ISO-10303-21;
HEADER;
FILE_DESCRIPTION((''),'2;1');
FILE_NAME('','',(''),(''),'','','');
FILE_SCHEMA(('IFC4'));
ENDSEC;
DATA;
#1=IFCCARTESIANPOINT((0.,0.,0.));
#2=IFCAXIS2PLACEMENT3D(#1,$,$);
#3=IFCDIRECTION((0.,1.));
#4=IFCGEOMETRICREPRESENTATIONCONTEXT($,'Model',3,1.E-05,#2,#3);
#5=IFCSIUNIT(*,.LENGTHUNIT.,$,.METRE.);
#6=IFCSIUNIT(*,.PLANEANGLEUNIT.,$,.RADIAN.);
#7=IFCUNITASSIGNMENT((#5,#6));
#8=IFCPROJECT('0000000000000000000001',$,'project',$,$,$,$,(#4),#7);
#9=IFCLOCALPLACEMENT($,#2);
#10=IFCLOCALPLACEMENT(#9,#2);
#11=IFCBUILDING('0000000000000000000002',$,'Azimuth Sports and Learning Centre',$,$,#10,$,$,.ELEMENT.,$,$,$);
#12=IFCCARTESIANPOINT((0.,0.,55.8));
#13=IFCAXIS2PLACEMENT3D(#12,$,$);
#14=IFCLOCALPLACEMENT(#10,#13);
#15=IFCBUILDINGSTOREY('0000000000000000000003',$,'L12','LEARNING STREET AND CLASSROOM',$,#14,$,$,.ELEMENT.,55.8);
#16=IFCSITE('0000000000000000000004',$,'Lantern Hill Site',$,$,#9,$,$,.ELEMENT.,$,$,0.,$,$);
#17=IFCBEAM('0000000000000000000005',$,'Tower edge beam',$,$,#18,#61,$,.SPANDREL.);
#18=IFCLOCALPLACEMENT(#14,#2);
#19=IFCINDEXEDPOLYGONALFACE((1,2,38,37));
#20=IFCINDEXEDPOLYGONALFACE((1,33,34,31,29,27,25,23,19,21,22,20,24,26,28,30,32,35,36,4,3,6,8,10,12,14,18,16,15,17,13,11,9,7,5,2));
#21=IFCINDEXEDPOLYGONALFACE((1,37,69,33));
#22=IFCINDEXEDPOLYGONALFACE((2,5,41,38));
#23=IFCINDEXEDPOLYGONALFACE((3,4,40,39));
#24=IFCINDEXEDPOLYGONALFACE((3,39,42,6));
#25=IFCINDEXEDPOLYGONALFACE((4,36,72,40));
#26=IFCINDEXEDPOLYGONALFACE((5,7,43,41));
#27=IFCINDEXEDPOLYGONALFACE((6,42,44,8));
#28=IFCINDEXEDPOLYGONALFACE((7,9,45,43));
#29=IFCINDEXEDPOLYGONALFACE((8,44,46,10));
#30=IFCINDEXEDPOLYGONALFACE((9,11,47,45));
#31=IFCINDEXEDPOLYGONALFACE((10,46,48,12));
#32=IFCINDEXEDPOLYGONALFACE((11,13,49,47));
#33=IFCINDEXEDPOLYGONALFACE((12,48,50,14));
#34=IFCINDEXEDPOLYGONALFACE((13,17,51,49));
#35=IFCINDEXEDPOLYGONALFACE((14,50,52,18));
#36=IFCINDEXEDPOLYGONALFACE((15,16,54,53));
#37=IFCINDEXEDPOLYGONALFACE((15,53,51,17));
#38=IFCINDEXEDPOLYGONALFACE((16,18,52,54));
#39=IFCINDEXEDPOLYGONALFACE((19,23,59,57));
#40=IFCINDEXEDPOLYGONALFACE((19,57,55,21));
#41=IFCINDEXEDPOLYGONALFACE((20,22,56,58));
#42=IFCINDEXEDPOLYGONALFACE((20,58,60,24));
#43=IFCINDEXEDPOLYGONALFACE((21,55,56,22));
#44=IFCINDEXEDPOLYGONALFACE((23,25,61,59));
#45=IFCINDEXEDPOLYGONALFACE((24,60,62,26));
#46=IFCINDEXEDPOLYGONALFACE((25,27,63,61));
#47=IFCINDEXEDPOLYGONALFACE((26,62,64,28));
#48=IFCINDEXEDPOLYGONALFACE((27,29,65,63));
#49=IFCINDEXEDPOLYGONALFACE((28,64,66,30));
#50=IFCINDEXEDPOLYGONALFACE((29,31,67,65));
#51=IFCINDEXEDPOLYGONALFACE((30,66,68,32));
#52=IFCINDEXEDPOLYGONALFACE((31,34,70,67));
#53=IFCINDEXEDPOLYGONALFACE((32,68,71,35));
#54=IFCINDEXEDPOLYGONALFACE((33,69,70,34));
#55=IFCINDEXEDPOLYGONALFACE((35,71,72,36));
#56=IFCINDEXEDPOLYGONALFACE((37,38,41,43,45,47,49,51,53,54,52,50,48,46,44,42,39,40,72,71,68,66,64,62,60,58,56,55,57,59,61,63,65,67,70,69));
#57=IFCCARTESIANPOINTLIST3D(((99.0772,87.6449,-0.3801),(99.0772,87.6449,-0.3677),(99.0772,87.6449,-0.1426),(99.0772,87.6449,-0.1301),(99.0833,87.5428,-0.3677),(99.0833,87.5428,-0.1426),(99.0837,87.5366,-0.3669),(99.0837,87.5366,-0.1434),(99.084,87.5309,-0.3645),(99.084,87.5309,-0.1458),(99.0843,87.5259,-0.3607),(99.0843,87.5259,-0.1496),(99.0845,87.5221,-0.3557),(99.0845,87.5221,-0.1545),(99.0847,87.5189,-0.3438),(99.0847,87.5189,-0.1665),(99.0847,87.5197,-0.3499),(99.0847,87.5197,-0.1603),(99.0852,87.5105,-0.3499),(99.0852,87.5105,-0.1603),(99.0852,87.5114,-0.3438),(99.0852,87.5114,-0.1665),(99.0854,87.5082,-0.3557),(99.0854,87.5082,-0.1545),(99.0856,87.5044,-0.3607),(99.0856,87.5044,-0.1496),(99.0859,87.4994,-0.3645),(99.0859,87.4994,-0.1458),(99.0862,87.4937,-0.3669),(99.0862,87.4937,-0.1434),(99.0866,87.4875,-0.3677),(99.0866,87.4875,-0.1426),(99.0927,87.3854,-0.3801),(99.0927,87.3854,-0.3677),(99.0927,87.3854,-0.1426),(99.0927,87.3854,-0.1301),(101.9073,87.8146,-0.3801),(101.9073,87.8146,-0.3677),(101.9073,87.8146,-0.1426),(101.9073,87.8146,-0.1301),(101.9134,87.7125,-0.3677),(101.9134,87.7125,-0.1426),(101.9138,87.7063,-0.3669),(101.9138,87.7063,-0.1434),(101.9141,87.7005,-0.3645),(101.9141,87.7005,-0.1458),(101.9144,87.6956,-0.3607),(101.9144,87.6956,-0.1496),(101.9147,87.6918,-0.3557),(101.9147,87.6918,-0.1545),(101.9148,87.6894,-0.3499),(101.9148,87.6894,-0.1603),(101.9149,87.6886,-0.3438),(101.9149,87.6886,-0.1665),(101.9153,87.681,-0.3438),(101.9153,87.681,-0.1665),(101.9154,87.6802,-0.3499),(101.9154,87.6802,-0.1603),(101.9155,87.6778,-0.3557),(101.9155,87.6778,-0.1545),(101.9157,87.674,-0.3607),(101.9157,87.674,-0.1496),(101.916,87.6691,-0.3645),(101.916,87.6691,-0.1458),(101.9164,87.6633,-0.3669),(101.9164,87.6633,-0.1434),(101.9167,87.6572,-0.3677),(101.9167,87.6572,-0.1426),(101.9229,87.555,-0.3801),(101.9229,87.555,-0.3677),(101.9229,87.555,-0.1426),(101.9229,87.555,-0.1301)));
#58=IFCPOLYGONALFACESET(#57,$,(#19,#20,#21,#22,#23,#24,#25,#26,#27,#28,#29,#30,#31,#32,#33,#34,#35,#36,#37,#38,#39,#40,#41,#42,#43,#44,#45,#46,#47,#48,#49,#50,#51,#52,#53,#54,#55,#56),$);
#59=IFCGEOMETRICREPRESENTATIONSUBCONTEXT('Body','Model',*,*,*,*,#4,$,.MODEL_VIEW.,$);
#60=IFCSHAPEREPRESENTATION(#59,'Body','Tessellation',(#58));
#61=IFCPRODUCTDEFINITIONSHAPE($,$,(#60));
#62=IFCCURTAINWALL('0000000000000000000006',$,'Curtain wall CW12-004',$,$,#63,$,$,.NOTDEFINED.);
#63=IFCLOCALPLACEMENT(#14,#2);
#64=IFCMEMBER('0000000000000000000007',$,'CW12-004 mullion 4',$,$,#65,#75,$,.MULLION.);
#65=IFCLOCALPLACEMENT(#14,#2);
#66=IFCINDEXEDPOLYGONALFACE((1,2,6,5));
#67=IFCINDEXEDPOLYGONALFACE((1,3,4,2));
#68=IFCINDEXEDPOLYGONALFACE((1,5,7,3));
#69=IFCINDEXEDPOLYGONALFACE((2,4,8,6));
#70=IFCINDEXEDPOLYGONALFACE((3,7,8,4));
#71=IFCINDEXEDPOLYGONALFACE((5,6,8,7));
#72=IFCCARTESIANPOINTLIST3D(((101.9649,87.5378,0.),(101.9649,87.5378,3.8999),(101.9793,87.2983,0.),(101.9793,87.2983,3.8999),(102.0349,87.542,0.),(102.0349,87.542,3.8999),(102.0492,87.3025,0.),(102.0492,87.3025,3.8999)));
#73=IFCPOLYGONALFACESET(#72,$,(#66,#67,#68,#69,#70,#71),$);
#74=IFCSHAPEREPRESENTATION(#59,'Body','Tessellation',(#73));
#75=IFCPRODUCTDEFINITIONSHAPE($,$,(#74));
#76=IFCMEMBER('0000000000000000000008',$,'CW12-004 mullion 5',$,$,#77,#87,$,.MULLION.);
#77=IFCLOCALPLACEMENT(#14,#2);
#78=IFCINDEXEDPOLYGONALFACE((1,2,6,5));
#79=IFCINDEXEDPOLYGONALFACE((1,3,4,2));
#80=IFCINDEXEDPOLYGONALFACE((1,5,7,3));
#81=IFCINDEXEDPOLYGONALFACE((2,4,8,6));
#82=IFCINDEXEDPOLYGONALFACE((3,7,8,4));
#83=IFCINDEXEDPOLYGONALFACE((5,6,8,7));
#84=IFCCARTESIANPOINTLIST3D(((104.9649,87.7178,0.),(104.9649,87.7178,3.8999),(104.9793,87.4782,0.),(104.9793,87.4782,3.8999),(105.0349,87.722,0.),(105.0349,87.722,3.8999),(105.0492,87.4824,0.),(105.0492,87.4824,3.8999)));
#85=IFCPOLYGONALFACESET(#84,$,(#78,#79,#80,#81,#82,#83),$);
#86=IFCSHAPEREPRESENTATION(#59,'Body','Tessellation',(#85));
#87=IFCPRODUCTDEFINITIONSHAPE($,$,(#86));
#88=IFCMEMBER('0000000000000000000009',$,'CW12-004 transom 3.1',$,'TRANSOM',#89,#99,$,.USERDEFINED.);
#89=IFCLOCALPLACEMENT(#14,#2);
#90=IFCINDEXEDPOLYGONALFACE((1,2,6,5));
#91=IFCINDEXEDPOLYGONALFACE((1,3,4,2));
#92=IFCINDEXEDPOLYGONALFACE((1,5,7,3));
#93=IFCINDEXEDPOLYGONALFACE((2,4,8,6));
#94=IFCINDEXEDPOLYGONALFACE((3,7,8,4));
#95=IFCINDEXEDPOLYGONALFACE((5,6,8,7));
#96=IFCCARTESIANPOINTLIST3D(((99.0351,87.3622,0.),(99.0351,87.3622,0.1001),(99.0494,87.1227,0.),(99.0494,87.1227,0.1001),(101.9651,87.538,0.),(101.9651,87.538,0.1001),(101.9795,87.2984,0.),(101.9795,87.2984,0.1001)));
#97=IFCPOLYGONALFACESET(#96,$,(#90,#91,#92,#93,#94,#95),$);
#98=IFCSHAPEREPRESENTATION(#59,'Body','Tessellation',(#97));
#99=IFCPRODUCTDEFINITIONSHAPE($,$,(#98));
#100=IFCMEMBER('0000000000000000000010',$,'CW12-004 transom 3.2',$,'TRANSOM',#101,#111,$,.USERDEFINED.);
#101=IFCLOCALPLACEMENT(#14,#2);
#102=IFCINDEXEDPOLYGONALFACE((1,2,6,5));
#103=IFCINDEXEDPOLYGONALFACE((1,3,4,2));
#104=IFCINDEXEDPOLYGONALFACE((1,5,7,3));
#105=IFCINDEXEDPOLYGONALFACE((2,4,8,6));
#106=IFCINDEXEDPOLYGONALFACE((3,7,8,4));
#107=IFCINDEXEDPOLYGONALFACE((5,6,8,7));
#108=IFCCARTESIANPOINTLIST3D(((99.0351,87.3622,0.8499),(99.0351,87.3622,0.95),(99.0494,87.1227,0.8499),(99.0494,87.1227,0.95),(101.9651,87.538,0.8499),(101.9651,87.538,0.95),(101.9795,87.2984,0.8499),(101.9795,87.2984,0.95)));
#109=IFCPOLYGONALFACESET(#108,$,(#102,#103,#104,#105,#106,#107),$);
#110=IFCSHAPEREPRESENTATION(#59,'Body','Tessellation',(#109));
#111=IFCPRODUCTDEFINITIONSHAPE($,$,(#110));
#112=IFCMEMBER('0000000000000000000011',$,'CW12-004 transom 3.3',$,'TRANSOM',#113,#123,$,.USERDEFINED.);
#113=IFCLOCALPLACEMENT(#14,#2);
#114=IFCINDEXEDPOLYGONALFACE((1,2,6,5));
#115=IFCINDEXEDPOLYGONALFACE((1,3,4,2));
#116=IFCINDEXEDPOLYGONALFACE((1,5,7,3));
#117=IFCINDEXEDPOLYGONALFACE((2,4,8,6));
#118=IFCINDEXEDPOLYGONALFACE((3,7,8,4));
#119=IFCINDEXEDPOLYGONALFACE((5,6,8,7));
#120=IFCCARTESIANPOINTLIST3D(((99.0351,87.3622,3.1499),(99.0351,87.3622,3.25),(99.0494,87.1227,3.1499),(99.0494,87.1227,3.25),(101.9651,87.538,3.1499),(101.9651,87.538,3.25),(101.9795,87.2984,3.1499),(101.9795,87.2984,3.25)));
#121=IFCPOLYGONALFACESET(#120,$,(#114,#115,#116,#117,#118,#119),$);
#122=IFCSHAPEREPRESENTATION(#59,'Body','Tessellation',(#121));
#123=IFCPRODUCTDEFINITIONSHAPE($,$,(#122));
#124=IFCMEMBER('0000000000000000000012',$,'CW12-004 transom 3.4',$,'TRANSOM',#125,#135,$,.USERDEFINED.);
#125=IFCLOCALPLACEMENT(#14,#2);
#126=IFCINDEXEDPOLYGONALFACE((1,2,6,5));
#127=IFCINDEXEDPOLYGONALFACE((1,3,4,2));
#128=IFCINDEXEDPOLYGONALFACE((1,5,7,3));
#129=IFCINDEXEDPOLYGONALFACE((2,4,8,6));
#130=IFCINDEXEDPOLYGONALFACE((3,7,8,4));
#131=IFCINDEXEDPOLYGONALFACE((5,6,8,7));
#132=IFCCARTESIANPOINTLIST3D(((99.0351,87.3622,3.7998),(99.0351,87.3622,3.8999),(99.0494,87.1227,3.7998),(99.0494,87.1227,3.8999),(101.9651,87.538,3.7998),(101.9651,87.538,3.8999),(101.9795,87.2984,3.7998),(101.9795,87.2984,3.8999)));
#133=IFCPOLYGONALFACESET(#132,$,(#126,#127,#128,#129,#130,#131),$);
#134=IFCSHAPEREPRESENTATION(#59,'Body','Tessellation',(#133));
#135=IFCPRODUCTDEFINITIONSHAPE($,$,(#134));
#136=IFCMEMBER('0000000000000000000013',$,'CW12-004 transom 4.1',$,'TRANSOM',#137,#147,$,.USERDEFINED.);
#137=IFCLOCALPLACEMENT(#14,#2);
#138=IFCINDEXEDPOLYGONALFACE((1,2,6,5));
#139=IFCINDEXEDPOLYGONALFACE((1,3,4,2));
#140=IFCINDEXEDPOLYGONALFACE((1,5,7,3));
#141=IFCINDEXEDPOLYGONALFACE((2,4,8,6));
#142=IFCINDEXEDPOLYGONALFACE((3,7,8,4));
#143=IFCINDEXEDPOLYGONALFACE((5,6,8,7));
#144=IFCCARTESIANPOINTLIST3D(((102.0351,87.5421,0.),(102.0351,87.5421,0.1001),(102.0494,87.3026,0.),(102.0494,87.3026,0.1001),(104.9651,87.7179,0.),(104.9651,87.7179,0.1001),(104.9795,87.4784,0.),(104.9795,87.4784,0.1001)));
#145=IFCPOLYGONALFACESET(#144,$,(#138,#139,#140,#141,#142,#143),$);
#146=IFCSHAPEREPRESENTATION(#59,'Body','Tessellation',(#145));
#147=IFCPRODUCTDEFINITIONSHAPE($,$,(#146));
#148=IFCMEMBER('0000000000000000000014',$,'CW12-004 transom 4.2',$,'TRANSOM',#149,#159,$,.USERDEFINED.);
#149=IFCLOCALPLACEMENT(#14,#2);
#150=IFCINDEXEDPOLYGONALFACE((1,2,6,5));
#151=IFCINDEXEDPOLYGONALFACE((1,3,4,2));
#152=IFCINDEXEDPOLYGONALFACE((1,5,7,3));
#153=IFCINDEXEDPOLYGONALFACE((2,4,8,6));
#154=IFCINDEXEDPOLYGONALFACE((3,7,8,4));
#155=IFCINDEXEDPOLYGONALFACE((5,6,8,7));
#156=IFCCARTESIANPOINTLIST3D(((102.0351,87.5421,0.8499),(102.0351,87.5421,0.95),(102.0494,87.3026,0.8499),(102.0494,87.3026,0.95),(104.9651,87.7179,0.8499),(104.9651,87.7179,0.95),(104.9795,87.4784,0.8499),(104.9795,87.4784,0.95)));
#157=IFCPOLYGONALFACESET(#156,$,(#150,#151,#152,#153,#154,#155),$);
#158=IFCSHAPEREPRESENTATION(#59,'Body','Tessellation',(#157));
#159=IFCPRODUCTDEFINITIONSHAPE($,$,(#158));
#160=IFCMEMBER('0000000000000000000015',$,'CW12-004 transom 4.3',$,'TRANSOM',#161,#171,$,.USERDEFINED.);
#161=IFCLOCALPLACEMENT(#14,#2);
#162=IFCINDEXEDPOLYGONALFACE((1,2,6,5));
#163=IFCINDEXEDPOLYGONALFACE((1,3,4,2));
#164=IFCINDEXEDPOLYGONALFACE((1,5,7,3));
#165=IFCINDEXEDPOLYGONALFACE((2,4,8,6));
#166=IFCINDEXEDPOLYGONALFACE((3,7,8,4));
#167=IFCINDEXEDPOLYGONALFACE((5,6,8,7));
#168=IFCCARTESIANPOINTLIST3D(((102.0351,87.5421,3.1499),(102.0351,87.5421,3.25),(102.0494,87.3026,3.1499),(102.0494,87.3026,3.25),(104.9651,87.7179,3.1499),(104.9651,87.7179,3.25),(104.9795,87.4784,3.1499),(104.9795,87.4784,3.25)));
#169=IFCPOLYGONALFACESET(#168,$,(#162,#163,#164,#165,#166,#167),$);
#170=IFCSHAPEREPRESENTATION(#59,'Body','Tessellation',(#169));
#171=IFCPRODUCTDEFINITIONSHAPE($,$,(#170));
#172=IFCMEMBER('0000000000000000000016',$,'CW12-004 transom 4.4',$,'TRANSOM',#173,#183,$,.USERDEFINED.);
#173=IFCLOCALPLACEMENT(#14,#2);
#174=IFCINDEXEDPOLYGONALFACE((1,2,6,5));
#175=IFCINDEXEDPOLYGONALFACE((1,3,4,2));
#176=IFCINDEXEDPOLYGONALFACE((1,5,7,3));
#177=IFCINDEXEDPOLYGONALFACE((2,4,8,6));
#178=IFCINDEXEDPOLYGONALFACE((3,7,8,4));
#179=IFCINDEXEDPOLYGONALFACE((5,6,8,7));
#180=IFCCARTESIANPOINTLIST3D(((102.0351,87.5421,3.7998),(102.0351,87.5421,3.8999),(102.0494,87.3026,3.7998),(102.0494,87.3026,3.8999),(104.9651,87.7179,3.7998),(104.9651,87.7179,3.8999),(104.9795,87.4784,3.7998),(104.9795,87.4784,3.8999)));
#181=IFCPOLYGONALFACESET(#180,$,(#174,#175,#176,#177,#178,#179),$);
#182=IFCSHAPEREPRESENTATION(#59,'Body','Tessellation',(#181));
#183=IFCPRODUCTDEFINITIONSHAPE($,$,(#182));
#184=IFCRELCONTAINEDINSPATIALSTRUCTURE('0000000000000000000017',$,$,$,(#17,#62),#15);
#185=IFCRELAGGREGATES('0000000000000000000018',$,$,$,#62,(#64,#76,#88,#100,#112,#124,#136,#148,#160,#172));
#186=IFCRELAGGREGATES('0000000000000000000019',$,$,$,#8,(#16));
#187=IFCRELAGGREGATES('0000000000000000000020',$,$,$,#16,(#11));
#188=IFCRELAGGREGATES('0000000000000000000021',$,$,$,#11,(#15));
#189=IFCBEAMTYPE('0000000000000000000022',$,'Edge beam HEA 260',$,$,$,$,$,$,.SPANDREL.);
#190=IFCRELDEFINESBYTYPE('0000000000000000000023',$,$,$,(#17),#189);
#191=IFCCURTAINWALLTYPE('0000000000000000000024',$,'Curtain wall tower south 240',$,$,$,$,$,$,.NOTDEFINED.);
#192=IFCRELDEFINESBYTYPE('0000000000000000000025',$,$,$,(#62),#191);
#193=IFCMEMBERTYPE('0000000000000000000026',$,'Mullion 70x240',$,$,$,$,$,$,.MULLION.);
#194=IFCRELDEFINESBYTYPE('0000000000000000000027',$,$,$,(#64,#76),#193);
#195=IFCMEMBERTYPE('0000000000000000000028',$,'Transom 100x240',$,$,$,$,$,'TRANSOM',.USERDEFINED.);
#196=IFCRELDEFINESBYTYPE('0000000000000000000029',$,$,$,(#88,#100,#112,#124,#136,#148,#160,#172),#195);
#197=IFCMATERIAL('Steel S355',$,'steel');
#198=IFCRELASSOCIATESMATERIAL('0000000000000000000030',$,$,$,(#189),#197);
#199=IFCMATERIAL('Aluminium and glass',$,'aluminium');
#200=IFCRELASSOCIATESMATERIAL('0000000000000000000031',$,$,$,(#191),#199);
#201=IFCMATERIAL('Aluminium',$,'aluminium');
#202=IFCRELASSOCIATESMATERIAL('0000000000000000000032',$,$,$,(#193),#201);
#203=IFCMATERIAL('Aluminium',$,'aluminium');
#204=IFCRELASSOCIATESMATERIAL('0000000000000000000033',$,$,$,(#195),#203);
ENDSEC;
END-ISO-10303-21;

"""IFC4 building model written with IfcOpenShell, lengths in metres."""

from ifc_helpers import new_model, si_unit, direction, frame, origin, origin_2d, place, context, subcontext, project, spatial, rectangle, i_section, extrude, material, material_profile, profile_set, type_object, element, aggregate, save


model = new_model("IFC4")

# Units and contexts
model_context = context("Model", 3, precision=1e-05, world=origin(), true_north=direction((0.0, 1.0)))
body_context = subcontext(model_context, "Body", "Model", "MODEL_VIEW")
ifc_project = project(units=[si_unit("LENGTHUNIT", "METRE"), si_unit("PLANEANGLEUNIT", "RADIAN")], contexts=[model_context])

# Site, building, storey
site_placement = place(None, origin())
site = spatial("IfcSite", under=ifc_project, at=site_placement, Name="Lantern Hill Site", CompositionType="ELEMENT", RefElevation=0.0)
building_placement = place(site_placement, origin())
building = spatial("IfcBuilding", under=site, at=building_placement, Name="Azimuth Sports and Learning Centre", CompositionType="ELEMENT")
storey_placement = place(building_placement, frame((0.0, 0.0, 55.8)))
storey = spatial("IfcBuildingStorey", under=building, at=storey_placement, Name="L12", Description="LEARNING STREET AND CLASSROOM", CompositionType="ELEMENT", Elevation=55.8)

# Beam
ifc_material_1 = material(Name="Steel S355", Category="steel")
ifc_material_profile_1 = material_profile(ifc_material_1, i_section(OverallWidth=0.26, OverallDepth=0.25, WebThickness=0.0076, FlangeThickness=0.0125, FilletRadius=0.0239, at=origin_2d()), Name="HEA 260")
ifc_profile_set_1 = profile_set([ifc_material_profile_1], Name="Steel S355")
beam_type = type_object("IfcBeamType", Name="Edge beam HEA 260", PredefinedType="SPANDREL", material=ifc_profile_set_1)
beam_placement = place(storey_placement, frame((99.085, 87.5151, -0.2551), z_axis=(0.998208, 0.059848, 0.0), x_axis=(-0.059848, 0.998208, 0.0)))
element("IfcBeam", 1, at=beam_placement, inside=storey, type_object=beam_type, Name="Tower edge beam", PredefinedType="SPANDREL", context=body_context, shape_type="SweptSolid", body=[
    extrude(i_section(OverallWidth=0.26, OverallDepth=0.25, WebThickness=0.0076, FlangeThickness=0.0125, FilletRadius=0.0239, at=origin_2d()), origin(), (0.0, 0.0, 1.0), 2.8352),
])

# Curtain wall, members
ifc_material_2 = material(Name="Aluminium and glass", Category="aluminium")
curtain_wall_type = type_object("IfcCurtainWallType", Name="Curtain wall tower south 240", PredefinedType="NOTDEFINED", material=ifc_material_2)
curtain_wall_placement = place(storey_placement, origin())
curtain_wall = element("IfcCurtainWall", 2, at=curtain_wall_placement, inside=storey, type_object=curtain_wall_type, Name="Curtain wall CW12-004", PredefinedType="NOTDEFINED")
ifc_material_3 = material(Name="Aluminium", Category="aluminium")
ifc_material_profile_2 = material_profile(ifc_material_3, rectangle(XDim=0.24, YDim=0.0701, at=origin_2d()), Name="Mullion 70x240")
ifc_profile_set_2 = profile_set([ifc_material_profile_2], Name="Aluminium")
member_type_1 = type_object("IfcMemberType", Name="Mullion 70x240", PredefinedType="MULLION", material=ifc_profile_set_2)
member_1_placement = place(storey_placement, frame((102.0071, 87.4202, 0.0), z_axis=(0.0, 0.0, 1.0), x_axis=(-0.059892, 0.998205, 0.0)))
member_1 = element("IfcMember", 3, at=member_1_placement, type_object=member_type_1, Name="CW12-004 mullion 4", PredefinedType="MULLION", context=body_context, shape_type="SweptSolid", body=[
    extrude(rectangle(XDim=0.24, YDim=0.0701, at=origin_2d()), origin(), (0.0, 0.0, 1.0), 3.8999),
])
member_2_placement = place(storey_placement, frame((105.0071, 87.6001, 0.0), z_axis=(0.0, 0.0, 1.0), x_axis=(-0.059892, 0.998205, 0.0)))
member_2 = element("IfcMember", 4, at=member_2_placement, type_object=member_type_1, Name="CW12-004 mullion 5", PredefinedType="MULLION", context=body_context, shape_type="SweptSolid", body=[
    extrude(rectangle(XDim=0.24, YDim=0.0701, at=origin_2d()), origin(), (0.0, 0.0, 1.0), 3.8999),
])
ifc_material_4 = material(Name="Aluminium", Category="aluminium")
ifc_material_profile_3 = material_profile(ifc_material_4, rectangle(XDim=0.24, YDim=0.1001, at=origin_2d()), Name="Transom 100x240")
ifc_profile_set_3 = profile_set([ifc_material_profile_3], Name="Aluminium")
member_type_2 = type_object("IfcMemberType", Name="Transom 100x240", ElementType="TRANSOM", PredefinedType="USERDEFINED", material=ifc_profile_set_3)
member_3_placement = place(storey_placement, frame((99.0422, 87.2424, 0.05), z_axis=(0.998205, 0.059887, 0.0), x_axis=(-0.059887, 0.998205, 0.0)))
member_3 = element("IfcMember", 5, at=member_3_placement, type_object=member_type_2, Name="CW12-004 transom 3.1", ObjectType="TRANSOM", PredefinedType="USERDEFINED", context=body_context, shape_type="SweptSolid", body=[
    extrude(rectangle(XDim=0.24, YDim=0.1001, at=origin_2d()), origin(), (0.0, 0.0, 1.0), 2.9353),
])
member_4_placement = place(storey_placement, frame((99.0422, 87.2424, 0.8999), z_axis=(0.998205, 0.059887, 0.0), x_axis=(-0.059887, 0.998205, 0.0)))
member_4 = element("IfcMember", 6, at=member_4_placement, type_object=member_type_2, Name="CW12-004 transom 3.2", ObjectType="TRANSOM", PredefinedType="USERDEFINED", context=body_context, shape_type="SweptSolid", body=[
    extrude(rectangle(XDim=0.24, YDim=0.1001, at=origin_2d()), origin(), (0.0, 0.0, 1.0), 2.9353),
])
member_5_placement = place(storey_placement, frame((99.0422, 87.2424, 3.2), z_axis=(0.998205, 0.059887, 0.0), x_axis=(-0.059887, 0.998205, 0.0)))
member_5 = element("IfcMember", 7, at=member_5_placement, type_object=member_type_2, Name="CW12-004 transom 3.3", ObjectType="TRANSOM", PredefinedType="USERDEFINED", context=body_context, shape_type="SweptSolid", body=[
    extrude(rectangle(XDim=0.24, YDim=0.1001, at=origin_2d()), origin(), (0.0, 0.0, 1.0), 2.9353),
])
member_6_placement = place(storey_placement, frame((99.0422, 87.2424, 3.8499), z_axis=(0.998205, 0.059887, 0.0), x_axis=(-0.059887, 0.998205, 0.0)))
member_6 = element("IfcMember", 8, at=member_6_placement, type_object=member_type_2, Name="CW12-004 transom 3.4", ObjectType="TRANSOM", PredefinedType="USERDEFINED", context=body_context, shape_type="SweptSolid", body=[
    extrude(rectangle(XDim=0.24, YDim=0.1001, at=origin_2d()), origin(), (0.0, 0.0, 1.0), 2.9353),
])
member_7_placement = place(storey_placement, frame((102.0422, 87.4224, 0.05), z_axis=(0.998205, 0.059887, 0.0), x_axis=(-0.059887, 0.998205, 0.0)))
member_7 = element("IfcMember", 9, at=member_7_placement, type_object=member_type_2, Name="CW12-004 transom 4.1", ObjectType="TRANSOM", PredefinedType="USERDEFINED", context=body_context, shape_type="SweptSolid", body=[
    extrude(rectangle(XDim=0.24, YDim=0.1001, at=origin_2d()), origin(), (0.0, 0.0, 1.0), 2.9353),
])
member_8_placement = place(storey_placement, frame((102.0422, 87.4224, 0.8999), z_axis=(0.998205, 0.059887, 0.0), x_axis=(-0.059887, 0.998205, 0.0)))
member_8 = element("IfcMember", 10, at=member_8_placement, type_object=member_type_2, Name="CW12-004 transom 4.2", ObjectType="TRANSOM", PredefinedType="USERDEFINED", context=body_context, shape_type="SweptSolid", body=[
    extrude(rectangle(XDim=0.24, YDim=0.1001, at=origin_2d()), origin(), (0.0, 0.0, 1.0), 2.9353),
])
member_9_placement = place(storey_placement, frame((102.0422, 87.4224, 3.2), z_axis=(0.998205, 0.059887, 0.0), x_axis=(-0.059887, 0.998205, 0.0)))
member_9 = element("IfcMember", 11, at=member_9_placement, type_object=member_type_2, Name="CW12-004 transom 4.3", ObjectType="TRANSOM", PredefinedType="USERDEFINED", context=body_context, shape_type="SweptSolid", body=[
    extrude(rectangle(XDim=0.24, YDim=0.1001, at=origin_2d()), origin(), (0.0, 0.0, 1.0), 2.9353),
])
member_10_placement = place(storey_placement, frame((102.0422, 87.4224, 3.8499), z_axis=(0.998205, 0.059887, 0.0), x_axis=(-0.059887, 0.998205, 0.0)))
member_10 = element("IfcMember", 12, at=member_10_placement, type_object=member_type_2, Name="CW12-004 transom 4.4", ObjectType="TRANSOM", PredefinedType="USERDEFINED", context=body_context, shape_type="SweptSolid", body=[
    extrude(rectangle(XDim=0.24, YDim=0.1001, at=origin_2d()), origin(), (0.0, 0.0, 1.0), 2.9353),
])
aggregate(curtain_wall, [member_1, member_2, member_3, member_4, member_5, member_6, member_7, member_8, member_9, member_10])

save(model, "model.ifc")
